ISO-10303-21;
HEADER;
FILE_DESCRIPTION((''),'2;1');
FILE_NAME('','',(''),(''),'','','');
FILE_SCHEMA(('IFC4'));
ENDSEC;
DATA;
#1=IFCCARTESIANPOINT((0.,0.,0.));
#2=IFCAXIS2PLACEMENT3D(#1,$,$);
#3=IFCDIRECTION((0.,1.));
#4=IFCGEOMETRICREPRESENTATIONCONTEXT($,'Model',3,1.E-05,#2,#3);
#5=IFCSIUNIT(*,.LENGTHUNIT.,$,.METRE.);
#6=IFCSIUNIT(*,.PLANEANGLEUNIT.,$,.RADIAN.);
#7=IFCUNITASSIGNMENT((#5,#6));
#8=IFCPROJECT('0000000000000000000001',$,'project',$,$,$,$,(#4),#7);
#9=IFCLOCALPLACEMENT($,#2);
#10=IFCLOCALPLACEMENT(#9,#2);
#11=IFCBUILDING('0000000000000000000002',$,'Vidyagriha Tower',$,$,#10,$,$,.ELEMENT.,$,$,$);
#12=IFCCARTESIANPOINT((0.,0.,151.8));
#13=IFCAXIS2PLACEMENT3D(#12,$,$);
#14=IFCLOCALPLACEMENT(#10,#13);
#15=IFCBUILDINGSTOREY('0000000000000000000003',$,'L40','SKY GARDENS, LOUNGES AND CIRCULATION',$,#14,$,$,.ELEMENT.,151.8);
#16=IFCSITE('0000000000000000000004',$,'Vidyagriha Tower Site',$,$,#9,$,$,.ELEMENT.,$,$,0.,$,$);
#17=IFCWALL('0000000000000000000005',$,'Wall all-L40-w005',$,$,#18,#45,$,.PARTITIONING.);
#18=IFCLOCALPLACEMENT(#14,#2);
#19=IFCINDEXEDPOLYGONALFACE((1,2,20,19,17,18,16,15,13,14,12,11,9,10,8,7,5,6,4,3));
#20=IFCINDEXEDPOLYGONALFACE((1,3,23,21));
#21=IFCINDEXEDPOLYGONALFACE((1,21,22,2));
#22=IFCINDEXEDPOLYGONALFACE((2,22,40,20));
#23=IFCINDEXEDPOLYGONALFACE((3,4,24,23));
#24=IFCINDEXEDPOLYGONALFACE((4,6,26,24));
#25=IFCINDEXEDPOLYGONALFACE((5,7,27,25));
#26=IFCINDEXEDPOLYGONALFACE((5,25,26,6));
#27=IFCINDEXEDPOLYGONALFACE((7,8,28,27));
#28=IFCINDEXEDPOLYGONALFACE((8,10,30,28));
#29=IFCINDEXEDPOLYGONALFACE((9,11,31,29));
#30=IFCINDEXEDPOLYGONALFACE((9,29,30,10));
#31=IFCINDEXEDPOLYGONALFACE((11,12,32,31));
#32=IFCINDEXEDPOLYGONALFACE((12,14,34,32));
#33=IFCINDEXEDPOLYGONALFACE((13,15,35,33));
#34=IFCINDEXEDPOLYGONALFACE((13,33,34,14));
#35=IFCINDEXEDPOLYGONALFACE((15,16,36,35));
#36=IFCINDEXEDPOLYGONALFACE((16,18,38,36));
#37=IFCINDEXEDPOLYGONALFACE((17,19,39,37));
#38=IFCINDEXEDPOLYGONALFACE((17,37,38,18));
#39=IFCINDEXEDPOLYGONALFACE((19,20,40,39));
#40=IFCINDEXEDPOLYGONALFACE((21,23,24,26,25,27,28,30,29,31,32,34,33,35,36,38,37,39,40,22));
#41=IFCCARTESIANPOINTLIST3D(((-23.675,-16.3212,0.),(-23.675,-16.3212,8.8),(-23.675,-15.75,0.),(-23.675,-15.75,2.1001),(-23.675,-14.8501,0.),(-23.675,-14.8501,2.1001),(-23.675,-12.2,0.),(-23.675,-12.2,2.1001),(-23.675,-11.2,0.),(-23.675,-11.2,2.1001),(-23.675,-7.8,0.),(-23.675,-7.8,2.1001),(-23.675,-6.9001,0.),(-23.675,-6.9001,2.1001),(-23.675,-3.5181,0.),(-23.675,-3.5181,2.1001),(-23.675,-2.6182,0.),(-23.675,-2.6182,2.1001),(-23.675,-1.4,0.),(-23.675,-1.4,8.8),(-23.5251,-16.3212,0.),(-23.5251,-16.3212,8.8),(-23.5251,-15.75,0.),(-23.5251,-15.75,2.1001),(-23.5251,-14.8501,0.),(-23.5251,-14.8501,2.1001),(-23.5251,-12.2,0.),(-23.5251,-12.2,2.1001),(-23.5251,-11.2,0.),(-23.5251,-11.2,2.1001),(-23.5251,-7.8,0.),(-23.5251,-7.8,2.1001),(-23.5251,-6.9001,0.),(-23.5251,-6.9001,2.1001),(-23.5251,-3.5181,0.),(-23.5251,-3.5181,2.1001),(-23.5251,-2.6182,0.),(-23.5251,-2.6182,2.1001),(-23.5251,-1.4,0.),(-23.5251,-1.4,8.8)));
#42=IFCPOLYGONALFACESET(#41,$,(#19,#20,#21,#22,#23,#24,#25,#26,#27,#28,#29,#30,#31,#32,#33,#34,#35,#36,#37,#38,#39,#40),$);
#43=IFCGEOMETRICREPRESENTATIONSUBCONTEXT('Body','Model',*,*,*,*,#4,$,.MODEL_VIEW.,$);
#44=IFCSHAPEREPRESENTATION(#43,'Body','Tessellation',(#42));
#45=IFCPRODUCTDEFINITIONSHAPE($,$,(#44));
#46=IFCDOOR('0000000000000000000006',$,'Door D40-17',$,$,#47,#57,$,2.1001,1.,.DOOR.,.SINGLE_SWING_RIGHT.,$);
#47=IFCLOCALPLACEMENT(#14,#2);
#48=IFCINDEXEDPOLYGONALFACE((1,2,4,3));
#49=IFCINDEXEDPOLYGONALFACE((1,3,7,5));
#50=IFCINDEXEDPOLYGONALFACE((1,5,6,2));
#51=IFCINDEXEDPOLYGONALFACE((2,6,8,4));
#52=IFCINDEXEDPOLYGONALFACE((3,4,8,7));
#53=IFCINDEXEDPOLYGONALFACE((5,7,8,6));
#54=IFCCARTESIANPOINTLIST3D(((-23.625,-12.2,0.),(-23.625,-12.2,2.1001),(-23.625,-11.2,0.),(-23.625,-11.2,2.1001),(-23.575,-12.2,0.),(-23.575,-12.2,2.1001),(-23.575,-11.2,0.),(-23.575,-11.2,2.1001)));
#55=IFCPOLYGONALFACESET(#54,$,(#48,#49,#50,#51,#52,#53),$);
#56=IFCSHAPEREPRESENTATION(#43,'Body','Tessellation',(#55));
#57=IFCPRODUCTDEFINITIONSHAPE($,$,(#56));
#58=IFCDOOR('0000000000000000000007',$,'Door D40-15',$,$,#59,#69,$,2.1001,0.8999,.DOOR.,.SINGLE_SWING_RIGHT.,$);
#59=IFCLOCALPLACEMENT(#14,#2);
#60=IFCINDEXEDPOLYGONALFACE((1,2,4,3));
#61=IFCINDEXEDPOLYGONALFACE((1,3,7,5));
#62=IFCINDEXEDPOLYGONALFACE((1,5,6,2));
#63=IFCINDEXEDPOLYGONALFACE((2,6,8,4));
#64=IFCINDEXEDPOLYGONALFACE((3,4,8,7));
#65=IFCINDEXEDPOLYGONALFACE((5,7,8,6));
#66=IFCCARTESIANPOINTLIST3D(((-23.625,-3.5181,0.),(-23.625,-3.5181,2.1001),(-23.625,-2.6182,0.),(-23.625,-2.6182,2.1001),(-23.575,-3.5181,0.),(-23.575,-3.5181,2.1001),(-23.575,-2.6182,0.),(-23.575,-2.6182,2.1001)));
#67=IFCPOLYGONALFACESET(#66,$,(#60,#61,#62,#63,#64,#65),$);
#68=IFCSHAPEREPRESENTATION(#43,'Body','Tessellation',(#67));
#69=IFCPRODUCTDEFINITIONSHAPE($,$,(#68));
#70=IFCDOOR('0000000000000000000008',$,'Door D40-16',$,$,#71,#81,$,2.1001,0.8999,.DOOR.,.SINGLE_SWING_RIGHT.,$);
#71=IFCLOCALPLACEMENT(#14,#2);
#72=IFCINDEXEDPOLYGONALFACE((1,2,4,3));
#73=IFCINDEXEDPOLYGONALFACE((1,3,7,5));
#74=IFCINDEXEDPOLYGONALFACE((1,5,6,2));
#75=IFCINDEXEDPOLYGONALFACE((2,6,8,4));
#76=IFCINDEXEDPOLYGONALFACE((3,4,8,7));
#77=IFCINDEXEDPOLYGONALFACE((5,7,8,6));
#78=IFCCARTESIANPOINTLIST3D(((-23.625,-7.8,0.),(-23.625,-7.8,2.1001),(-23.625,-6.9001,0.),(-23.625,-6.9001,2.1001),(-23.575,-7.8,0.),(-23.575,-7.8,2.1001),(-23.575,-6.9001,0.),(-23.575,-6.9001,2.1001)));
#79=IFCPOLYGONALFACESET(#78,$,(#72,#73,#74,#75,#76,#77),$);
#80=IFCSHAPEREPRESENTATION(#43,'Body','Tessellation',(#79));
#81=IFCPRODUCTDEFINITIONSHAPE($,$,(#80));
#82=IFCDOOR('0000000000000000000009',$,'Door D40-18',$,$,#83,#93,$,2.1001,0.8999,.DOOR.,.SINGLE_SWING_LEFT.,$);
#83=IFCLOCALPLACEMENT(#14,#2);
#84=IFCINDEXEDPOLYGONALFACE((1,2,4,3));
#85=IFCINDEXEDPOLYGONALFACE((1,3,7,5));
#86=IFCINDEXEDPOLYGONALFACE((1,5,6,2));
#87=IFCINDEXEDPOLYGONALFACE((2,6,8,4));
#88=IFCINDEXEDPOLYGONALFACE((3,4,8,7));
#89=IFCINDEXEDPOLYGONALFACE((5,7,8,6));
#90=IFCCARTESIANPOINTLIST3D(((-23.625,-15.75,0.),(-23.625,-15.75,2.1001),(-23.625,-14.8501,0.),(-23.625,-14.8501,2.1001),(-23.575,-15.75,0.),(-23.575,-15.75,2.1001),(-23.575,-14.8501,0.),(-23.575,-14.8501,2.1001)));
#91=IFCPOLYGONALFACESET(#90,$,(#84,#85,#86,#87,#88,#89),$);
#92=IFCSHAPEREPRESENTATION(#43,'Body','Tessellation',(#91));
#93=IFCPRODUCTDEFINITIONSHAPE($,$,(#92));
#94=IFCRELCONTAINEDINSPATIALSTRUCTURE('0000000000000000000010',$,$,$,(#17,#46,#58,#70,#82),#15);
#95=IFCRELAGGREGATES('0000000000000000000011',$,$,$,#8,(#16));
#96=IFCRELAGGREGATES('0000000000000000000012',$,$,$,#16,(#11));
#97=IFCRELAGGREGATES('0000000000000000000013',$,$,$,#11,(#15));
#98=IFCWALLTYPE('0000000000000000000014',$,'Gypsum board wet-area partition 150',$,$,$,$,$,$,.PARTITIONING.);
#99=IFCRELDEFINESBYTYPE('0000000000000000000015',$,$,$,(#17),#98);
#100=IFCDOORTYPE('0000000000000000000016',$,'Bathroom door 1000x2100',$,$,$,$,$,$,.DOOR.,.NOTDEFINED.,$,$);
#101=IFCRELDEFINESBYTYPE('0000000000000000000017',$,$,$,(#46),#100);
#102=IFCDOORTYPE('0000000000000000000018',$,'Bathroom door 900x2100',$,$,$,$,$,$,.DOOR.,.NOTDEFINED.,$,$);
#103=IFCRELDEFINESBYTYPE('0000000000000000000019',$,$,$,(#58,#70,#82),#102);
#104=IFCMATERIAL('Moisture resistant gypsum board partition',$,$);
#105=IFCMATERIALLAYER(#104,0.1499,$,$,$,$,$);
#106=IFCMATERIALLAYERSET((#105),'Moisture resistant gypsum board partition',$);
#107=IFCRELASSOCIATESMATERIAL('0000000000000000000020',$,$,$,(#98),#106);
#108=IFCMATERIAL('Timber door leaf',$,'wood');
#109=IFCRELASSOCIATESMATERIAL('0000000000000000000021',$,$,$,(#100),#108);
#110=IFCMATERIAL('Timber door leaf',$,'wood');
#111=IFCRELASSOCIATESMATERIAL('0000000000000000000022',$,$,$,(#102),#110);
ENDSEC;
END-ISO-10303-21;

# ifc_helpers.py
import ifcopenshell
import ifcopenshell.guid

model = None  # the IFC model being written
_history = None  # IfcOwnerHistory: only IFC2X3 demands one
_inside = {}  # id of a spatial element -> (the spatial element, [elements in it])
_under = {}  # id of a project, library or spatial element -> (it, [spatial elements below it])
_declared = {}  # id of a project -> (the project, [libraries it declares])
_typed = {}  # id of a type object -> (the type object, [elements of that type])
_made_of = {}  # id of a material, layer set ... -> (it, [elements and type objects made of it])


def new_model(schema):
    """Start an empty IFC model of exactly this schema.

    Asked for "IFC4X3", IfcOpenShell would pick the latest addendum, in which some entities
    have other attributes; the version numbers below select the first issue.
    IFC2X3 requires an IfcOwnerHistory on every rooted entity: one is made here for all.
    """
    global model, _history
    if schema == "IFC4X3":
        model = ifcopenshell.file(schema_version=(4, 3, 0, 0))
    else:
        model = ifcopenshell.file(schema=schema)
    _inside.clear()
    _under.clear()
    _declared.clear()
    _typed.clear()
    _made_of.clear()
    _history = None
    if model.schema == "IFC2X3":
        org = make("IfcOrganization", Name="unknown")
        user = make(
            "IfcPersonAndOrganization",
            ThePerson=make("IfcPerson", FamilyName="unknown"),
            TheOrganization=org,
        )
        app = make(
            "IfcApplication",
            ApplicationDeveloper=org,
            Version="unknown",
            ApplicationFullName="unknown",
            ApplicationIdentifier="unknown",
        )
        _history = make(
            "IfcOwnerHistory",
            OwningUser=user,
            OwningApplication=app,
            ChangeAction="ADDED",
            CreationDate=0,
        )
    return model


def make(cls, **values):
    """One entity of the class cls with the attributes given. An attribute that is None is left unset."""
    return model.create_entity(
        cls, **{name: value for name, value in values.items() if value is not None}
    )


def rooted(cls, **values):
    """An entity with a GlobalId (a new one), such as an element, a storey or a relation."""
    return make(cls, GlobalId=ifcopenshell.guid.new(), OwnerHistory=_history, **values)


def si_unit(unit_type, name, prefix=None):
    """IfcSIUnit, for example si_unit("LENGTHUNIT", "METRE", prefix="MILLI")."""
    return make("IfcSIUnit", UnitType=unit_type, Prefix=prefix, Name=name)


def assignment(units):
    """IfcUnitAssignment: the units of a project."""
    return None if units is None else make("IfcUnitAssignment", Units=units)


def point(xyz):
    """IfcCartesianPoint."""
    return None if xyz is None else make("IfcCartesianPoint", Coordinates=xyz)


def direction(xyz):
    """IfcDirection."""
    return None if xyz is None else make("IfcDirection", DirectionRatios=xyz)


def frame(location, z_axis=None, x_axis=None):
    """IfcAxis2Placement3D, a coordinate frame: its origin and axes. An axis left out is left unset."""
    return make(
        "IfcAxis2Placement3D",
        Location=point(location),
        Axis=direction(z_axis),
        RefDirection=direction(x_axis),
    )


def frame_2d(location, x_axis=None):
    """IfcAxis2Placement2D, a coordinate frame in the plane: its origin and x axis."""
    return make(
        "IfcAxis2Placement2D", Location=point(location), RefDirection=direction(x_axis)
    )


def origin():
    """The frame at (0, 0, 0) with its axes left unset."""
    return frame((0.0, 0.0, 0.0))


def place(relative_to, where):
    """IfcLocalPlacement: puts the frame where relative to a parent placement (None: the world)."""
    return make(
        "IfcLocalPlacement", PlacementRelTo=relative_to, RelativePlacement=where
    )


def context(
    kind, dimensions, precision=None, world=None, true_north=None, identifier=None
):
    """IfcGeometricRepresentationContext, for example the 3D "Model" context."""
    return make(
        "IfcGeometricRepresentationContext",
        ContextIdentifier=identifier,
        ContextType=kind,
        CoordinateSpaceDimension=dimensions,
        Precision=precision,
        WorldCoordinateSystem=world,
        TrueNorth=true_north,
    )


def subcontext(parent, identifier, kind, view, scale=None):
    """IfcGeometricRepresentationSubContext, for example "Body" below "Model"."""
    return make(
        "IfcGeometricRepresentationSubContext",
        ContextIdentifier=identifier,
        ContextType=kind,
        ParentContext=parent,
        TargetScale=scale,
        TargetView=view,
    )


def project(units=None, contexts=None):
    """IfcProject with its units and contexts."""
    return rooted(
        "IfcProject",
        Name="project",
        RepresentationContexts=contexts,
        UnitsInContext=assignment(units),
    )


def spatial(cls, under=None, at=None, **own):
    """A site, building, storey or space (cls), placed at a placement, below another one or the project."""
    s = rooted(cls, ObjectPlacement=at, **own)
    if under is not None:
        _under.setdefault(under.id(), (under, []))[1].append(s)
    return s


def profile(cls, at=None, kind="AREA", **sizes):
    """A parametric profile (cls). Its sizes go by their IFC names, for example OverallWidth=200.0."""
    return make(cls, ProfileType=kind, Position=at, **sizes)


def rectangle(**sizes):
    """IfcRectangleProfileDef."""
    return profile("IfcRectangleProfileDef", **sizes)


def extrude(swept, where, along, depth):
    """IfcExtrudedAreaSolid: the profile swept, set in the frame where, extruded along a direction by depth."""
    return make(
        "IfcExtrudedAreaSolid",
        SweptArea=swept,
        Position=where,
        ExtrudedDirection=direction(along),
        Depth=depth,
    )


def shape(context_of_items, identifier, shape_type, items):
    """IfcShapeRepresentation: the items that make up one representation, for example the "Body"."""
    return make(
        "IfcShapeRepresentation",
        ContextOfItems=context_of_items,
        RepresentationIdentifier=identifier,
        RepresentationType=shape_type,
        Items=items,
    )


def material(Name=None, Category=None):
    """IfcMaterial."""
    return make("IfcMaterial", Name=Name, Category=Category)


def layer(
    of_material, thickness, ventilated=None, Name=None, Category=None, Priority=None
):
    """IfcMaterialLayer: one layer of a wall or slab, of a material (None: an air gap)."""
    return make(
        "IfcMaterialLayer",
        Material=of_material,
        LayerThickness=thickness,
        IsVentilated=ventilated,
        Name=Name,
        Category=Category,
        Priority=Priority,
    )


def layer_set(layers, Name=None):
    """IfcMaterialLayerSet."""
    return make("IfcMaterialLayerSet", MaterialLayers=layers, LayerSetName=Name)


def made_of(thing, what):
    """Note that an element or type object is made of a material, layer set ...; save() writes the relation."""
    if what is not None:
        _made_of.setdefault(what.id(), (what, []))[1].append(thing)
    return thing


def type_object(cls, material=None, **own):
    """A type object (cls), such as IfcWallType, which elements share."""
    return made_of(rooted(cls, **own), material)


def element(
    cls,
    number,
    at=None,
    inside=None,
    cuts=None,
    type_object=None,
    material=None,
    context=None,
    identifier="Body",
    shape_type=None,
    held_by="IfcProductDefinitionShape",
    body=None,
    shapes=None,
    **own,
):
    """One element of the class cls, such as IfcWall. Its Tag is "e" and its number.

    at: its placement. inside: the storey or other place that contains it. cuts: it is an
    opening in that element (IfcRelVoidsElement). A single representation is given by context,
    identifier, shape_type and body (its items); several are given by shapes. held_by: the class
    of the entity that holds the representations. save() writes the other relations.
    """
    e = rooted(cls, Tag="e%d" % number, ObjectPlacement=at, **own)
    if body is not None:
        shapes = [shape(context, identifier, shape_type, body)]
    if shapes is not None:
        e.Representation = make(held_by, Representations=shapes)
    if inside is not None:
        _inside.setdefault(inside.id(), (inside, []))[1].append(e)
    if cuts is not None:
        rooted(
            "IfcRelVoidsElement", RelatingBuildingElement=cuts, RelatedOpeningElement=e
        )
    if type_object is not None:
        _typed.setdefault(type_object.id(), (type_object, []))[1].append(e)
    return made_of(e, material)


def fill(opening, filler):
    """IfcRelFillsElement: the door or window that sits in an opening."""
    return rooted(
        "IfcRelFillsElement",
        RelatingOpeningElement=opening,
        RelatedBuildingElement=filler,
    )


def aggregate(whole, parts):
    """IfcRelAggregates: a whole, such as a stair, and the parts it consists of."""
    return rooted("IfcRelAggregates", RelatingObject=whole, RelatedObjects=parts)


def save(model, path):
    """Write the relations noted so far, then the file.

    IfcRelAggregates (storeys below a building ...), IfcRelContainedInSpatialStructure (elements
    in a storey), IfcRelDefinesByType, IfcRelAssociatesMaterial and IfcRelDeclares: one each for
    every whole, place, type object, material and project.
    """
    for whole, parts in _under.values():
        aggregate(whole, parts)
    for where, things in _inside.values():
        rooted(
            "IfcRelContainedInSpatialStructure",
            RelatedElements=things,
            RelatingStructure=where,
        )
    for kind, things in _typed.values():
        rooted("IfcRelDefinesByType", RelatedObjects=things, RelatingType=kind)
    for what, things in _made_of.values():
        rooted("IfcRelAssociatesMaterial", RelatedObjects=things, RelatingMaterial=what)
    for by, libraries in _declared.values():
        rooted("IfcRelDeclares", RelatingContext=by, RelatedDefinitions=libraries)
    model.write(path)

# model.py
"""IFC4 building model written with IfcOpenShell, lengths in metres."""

from ifc_helpers import new_model, si_unit, direction, frame, frame_2d, origin, place, context, subcontext, project, spatial, rectangle, extrude, material, layer, layer_set, type_object, element, fill, save


model = new_model("IFC4")

# Units and contexts
model_context = context("Model", 3, precision=1e-05, world=origin(), true_north=direction((0.0, 1.0)))
body_context = subcontext(model_context, "Body", "Model", "MODEL_VIEW")
ifc_project = project(units=[si_unit("LENGTHUNIT", "METRE"), si_unit("PLANEANGLEUNIT", "RADIAN")], contexts=[model_context])

# Site, building, storey
site_placement = place(None, origin())
site = spatial("IfcSite", under=ifc_project, at=site_placement, Name="Vidyagriha Tower Site", CompositionType="ELEMENT", RefElevation=0.0)
building_placement = place(site_placement, origin())
building = spatial("IfcBuilding", under=site, at=building_placement, Name="Vidyagriha Tower", CompositionType="ELEMENT")
storey_placement = place(building_placement, frame((0.0, 0.0, 151.8)))
storey = spatial("IfcBuildingStorey", under=building, at=storey_placement, Name="L40", Description="SKY GARDENS, LOUNGES AND CIRCULATION", CompositionType="ELEMENT", Elevation=151.8)

# Wall, openings, doors
ifc_material_1 = material(Name="Moisture resistant gypsum board partition")
ifc_layer_1 = layer(ifc_material_1, 0.1499)
ifc_layer_set_1 = layer_set([ifc_layer_1], Name="Moisture resistant gypsum board partition")
wall_type = type_object("IfcWallType", Name="Gypsum board wet-area partition 150", PredefinedType="PARTITIONING", material=ifc_layer_set_1)
wall_placement = place(storey_placement, frame((-23.6001, -16.321, 0.0), z_axis=(0.0, 0.0, 1.0), x_axis=(0.0, 1.0, 0.0)))
wall = element("IfcWall", 1, at=wall_placement, inside=storey, type_object=wall_type, Name="Wall all-L40-w005", PredefinedType="PARTITIONING", context=body_context, shape_type="SweptSolid", body=[
    extrude(rectangle(XDim=14.9211, YDim=0.1499, at=frame_2d((7.4604, 0.0))), origin(), (0.0, 0.0, 1.0), 8.8),
])
opening_1_placement = place(wall_placement, frame((12.803, 0.0, 0.0)))
opening_1 = element("IfcOpeningElement", 2, at=opening_1_placement, cuts=wall, PredefinedType="OPENING", context=body_context, shape_type="SweptSolid", body=[
    extrude(rectangle(XDim=0.8999, YDim=2.1001, at=frame_2d((0.45, 1.05))), frame((0.0, 0.085, 0.0), z_axis=(0.0, -1.0, 0.0), x_axis=(1.0, 0.0, 0.0)), (0.0, 0.0, 1.0), 0.1699),
])
opening_2_placement = place(wall_placement, frame((8.521, 0.0, 0.0)))
opening_2 = element("IfcOpeningElement", 3, at=opening_2_placement, cuts=wall, PredefinedType="OPENING", context=body_context, shape_type="SweptSolid", body=[
    extrude(rectangle(XDim=0.8999, YDim=2.1001, at=frame_2d((0.45, 1.05))), frame((0.0, 0.085, 0.0), z_axis=(0.0, -1.0, 0.0), x_axis=(1.0, 0.0, 0.0)), (0.0, 0.0, 1.0), 0.1699),
])
opening_3_placement = place(wall_placement, frame((4.1211, 0.0, 0.0)))
opening_3 = element("IfcOpeningElement", 4, at=opening_3_placement, cuts=wall, PredefinedType="OPENING", context=body_context, shape_type="SweptSolid", body=[
    extrude(rectangle(XDim=1.0, YDim=2.1001, at=frame_2d((0.5, 1.05))), frame((0.0, 0.085, 0.0), z_axis=(0.0, -1.0, 0.0), x_axis=(1.0, 0.0, 0.0)), (0.0, 0.0, 1.0), 0.1699),
])
opening_4_placement = place(wall_placement, frame((0.571, 0.0, 0.0)))
opening_4 = element("IfcOpeningElement", 5, at=opening_4_placement, cuts=wall, PredefinedType="OPENING", context=body_context, shape_type="SweptSolid", body=[
    extrude(rectangle(XDim=0.8999, YDim=2.1001, at=frame_2d((0.45, 1.05))), frame((0.0, 0.085, 0.0), z_axis=(0.0, -1.0, 0.0), x_axis=(1.0, 0.0, 0.0)), (0.0, 0.0, 1.0), 0.1699),
])
ifc_material_2 = material(Name="Timber door leaf", Category="wood")
door_type_1 = type_object("IfcDoorType", Name="Bathroom door 1000x2100", OperationType="NOTDEFINED", PredefinedType="DOOR", material=ifc_material_2)
door_1_placement = place(opening_3_placement, origin())
door_1 = element("IfcDoor", 6, at=door_1_placement, inside=storey, type_object=door_type_1, Name="Door D40-17", OperationType="SINGLE_SWING_RIGHT", OverallHeight=2.1001, OverallWidth=1.0, PredefinedType="DOOR", context=body_context, shape_type="SweptSolid", body=[
    extrude(rectangle(XDim=1.0, YDim=2.1001, at=frame_2d((0.5, 1.05))), frame((0.0, 0.0249, 0.0), z_axis=(0.0, -1.0, 0.0), x_axis=(1.0, 0.0, 0.0)), (0.0, 0.0, 1.0), 0.05),
])
fill(opening_3, door_1)
ifc_material_3 = material(Name="Timber door leaf", Category="wood")
door_type_2 = type_object("IfcDoorType", Name="Bathroom door 900x2100", OperationType="NOTDEFINED", PredefinedType="DOOR", material=ifc_material_3)
door_2_placement = place(opening_1_placement, origin())
door_2 = element("IfcDoor", 7, at=door_2_placement, inside=storey, type_object=door_type_2, Name="Door D40-15", OperationType="SINGLE_SWING_RIGHT", OverallHeight=2.1001, OverallWidth=0.8999, PredefinedType="DOOR", context=body_context, shape_type="SweptSolid", body=[
    extrude(rectangle(XDim=0.8999, YDim=2.1001, at=frame_2d((0.45, 1.05))), frame((0.0, 0.0249, 0.0), z_axis=(0.0, -1.0, 0.0), x_axis=(1.0, 0.0, 0.0)), (0.0, 0.0, 1.0), 0.05),
])
fill(opening_1, door_2)
door_3_placement = place(opening_2_placement, origin())
door_3 = element("IfcDoor", 8, at=door_3_placement, inside=storey, type_object=door_type_2, Name="Door D40-16", OperationType="SINGLE_SWING_RIGHT", OverallHeight=2.1001, OverallWidth=0.8999, PredefinedType="DOOR", context=body_context, shape_type="SweptSolid", body=[
    extrude(rectangle(XDim=0.8999, YDim=2.1001, at=frame_2d((0.45, 1.05))), frame((0.0, 0.0249, 0.0), z_axis=(0.0, -1.0, 0.0), x_axis=(1.0, 0.0, 0.0)), (0.0, 0.0, 1.0), 0.05),
])
fill(opening_2, door_3)
door_4_placement = place(opening_4_placement, origin())
door_4 = element("IfcDoor", 9, at=door_4_placement, inside=storey, type_object=door_type_2, Name="Door D40-18", OperationType="SINGLE_SWING_LEFT", OverallHeight=2.1001, OverallWidth=0.8999, PredefinedType="DOOR", context=body_context, shape_type="SweptSolid", body=[
    extrude(rectangle(XDim=0.8999, YDim=2.1001, at=frame_2d((0.45, 1.05))), frame((0.0, 0.0249, 0.0), z_axis=(0.0, -1.0, 0.0), x_axis=(1.0, 0.0, 0.0)), (0.0, 0.0, 1.0), 0.05),
])
fill(opening_4, door_4)

save(model, "model.ifc")
